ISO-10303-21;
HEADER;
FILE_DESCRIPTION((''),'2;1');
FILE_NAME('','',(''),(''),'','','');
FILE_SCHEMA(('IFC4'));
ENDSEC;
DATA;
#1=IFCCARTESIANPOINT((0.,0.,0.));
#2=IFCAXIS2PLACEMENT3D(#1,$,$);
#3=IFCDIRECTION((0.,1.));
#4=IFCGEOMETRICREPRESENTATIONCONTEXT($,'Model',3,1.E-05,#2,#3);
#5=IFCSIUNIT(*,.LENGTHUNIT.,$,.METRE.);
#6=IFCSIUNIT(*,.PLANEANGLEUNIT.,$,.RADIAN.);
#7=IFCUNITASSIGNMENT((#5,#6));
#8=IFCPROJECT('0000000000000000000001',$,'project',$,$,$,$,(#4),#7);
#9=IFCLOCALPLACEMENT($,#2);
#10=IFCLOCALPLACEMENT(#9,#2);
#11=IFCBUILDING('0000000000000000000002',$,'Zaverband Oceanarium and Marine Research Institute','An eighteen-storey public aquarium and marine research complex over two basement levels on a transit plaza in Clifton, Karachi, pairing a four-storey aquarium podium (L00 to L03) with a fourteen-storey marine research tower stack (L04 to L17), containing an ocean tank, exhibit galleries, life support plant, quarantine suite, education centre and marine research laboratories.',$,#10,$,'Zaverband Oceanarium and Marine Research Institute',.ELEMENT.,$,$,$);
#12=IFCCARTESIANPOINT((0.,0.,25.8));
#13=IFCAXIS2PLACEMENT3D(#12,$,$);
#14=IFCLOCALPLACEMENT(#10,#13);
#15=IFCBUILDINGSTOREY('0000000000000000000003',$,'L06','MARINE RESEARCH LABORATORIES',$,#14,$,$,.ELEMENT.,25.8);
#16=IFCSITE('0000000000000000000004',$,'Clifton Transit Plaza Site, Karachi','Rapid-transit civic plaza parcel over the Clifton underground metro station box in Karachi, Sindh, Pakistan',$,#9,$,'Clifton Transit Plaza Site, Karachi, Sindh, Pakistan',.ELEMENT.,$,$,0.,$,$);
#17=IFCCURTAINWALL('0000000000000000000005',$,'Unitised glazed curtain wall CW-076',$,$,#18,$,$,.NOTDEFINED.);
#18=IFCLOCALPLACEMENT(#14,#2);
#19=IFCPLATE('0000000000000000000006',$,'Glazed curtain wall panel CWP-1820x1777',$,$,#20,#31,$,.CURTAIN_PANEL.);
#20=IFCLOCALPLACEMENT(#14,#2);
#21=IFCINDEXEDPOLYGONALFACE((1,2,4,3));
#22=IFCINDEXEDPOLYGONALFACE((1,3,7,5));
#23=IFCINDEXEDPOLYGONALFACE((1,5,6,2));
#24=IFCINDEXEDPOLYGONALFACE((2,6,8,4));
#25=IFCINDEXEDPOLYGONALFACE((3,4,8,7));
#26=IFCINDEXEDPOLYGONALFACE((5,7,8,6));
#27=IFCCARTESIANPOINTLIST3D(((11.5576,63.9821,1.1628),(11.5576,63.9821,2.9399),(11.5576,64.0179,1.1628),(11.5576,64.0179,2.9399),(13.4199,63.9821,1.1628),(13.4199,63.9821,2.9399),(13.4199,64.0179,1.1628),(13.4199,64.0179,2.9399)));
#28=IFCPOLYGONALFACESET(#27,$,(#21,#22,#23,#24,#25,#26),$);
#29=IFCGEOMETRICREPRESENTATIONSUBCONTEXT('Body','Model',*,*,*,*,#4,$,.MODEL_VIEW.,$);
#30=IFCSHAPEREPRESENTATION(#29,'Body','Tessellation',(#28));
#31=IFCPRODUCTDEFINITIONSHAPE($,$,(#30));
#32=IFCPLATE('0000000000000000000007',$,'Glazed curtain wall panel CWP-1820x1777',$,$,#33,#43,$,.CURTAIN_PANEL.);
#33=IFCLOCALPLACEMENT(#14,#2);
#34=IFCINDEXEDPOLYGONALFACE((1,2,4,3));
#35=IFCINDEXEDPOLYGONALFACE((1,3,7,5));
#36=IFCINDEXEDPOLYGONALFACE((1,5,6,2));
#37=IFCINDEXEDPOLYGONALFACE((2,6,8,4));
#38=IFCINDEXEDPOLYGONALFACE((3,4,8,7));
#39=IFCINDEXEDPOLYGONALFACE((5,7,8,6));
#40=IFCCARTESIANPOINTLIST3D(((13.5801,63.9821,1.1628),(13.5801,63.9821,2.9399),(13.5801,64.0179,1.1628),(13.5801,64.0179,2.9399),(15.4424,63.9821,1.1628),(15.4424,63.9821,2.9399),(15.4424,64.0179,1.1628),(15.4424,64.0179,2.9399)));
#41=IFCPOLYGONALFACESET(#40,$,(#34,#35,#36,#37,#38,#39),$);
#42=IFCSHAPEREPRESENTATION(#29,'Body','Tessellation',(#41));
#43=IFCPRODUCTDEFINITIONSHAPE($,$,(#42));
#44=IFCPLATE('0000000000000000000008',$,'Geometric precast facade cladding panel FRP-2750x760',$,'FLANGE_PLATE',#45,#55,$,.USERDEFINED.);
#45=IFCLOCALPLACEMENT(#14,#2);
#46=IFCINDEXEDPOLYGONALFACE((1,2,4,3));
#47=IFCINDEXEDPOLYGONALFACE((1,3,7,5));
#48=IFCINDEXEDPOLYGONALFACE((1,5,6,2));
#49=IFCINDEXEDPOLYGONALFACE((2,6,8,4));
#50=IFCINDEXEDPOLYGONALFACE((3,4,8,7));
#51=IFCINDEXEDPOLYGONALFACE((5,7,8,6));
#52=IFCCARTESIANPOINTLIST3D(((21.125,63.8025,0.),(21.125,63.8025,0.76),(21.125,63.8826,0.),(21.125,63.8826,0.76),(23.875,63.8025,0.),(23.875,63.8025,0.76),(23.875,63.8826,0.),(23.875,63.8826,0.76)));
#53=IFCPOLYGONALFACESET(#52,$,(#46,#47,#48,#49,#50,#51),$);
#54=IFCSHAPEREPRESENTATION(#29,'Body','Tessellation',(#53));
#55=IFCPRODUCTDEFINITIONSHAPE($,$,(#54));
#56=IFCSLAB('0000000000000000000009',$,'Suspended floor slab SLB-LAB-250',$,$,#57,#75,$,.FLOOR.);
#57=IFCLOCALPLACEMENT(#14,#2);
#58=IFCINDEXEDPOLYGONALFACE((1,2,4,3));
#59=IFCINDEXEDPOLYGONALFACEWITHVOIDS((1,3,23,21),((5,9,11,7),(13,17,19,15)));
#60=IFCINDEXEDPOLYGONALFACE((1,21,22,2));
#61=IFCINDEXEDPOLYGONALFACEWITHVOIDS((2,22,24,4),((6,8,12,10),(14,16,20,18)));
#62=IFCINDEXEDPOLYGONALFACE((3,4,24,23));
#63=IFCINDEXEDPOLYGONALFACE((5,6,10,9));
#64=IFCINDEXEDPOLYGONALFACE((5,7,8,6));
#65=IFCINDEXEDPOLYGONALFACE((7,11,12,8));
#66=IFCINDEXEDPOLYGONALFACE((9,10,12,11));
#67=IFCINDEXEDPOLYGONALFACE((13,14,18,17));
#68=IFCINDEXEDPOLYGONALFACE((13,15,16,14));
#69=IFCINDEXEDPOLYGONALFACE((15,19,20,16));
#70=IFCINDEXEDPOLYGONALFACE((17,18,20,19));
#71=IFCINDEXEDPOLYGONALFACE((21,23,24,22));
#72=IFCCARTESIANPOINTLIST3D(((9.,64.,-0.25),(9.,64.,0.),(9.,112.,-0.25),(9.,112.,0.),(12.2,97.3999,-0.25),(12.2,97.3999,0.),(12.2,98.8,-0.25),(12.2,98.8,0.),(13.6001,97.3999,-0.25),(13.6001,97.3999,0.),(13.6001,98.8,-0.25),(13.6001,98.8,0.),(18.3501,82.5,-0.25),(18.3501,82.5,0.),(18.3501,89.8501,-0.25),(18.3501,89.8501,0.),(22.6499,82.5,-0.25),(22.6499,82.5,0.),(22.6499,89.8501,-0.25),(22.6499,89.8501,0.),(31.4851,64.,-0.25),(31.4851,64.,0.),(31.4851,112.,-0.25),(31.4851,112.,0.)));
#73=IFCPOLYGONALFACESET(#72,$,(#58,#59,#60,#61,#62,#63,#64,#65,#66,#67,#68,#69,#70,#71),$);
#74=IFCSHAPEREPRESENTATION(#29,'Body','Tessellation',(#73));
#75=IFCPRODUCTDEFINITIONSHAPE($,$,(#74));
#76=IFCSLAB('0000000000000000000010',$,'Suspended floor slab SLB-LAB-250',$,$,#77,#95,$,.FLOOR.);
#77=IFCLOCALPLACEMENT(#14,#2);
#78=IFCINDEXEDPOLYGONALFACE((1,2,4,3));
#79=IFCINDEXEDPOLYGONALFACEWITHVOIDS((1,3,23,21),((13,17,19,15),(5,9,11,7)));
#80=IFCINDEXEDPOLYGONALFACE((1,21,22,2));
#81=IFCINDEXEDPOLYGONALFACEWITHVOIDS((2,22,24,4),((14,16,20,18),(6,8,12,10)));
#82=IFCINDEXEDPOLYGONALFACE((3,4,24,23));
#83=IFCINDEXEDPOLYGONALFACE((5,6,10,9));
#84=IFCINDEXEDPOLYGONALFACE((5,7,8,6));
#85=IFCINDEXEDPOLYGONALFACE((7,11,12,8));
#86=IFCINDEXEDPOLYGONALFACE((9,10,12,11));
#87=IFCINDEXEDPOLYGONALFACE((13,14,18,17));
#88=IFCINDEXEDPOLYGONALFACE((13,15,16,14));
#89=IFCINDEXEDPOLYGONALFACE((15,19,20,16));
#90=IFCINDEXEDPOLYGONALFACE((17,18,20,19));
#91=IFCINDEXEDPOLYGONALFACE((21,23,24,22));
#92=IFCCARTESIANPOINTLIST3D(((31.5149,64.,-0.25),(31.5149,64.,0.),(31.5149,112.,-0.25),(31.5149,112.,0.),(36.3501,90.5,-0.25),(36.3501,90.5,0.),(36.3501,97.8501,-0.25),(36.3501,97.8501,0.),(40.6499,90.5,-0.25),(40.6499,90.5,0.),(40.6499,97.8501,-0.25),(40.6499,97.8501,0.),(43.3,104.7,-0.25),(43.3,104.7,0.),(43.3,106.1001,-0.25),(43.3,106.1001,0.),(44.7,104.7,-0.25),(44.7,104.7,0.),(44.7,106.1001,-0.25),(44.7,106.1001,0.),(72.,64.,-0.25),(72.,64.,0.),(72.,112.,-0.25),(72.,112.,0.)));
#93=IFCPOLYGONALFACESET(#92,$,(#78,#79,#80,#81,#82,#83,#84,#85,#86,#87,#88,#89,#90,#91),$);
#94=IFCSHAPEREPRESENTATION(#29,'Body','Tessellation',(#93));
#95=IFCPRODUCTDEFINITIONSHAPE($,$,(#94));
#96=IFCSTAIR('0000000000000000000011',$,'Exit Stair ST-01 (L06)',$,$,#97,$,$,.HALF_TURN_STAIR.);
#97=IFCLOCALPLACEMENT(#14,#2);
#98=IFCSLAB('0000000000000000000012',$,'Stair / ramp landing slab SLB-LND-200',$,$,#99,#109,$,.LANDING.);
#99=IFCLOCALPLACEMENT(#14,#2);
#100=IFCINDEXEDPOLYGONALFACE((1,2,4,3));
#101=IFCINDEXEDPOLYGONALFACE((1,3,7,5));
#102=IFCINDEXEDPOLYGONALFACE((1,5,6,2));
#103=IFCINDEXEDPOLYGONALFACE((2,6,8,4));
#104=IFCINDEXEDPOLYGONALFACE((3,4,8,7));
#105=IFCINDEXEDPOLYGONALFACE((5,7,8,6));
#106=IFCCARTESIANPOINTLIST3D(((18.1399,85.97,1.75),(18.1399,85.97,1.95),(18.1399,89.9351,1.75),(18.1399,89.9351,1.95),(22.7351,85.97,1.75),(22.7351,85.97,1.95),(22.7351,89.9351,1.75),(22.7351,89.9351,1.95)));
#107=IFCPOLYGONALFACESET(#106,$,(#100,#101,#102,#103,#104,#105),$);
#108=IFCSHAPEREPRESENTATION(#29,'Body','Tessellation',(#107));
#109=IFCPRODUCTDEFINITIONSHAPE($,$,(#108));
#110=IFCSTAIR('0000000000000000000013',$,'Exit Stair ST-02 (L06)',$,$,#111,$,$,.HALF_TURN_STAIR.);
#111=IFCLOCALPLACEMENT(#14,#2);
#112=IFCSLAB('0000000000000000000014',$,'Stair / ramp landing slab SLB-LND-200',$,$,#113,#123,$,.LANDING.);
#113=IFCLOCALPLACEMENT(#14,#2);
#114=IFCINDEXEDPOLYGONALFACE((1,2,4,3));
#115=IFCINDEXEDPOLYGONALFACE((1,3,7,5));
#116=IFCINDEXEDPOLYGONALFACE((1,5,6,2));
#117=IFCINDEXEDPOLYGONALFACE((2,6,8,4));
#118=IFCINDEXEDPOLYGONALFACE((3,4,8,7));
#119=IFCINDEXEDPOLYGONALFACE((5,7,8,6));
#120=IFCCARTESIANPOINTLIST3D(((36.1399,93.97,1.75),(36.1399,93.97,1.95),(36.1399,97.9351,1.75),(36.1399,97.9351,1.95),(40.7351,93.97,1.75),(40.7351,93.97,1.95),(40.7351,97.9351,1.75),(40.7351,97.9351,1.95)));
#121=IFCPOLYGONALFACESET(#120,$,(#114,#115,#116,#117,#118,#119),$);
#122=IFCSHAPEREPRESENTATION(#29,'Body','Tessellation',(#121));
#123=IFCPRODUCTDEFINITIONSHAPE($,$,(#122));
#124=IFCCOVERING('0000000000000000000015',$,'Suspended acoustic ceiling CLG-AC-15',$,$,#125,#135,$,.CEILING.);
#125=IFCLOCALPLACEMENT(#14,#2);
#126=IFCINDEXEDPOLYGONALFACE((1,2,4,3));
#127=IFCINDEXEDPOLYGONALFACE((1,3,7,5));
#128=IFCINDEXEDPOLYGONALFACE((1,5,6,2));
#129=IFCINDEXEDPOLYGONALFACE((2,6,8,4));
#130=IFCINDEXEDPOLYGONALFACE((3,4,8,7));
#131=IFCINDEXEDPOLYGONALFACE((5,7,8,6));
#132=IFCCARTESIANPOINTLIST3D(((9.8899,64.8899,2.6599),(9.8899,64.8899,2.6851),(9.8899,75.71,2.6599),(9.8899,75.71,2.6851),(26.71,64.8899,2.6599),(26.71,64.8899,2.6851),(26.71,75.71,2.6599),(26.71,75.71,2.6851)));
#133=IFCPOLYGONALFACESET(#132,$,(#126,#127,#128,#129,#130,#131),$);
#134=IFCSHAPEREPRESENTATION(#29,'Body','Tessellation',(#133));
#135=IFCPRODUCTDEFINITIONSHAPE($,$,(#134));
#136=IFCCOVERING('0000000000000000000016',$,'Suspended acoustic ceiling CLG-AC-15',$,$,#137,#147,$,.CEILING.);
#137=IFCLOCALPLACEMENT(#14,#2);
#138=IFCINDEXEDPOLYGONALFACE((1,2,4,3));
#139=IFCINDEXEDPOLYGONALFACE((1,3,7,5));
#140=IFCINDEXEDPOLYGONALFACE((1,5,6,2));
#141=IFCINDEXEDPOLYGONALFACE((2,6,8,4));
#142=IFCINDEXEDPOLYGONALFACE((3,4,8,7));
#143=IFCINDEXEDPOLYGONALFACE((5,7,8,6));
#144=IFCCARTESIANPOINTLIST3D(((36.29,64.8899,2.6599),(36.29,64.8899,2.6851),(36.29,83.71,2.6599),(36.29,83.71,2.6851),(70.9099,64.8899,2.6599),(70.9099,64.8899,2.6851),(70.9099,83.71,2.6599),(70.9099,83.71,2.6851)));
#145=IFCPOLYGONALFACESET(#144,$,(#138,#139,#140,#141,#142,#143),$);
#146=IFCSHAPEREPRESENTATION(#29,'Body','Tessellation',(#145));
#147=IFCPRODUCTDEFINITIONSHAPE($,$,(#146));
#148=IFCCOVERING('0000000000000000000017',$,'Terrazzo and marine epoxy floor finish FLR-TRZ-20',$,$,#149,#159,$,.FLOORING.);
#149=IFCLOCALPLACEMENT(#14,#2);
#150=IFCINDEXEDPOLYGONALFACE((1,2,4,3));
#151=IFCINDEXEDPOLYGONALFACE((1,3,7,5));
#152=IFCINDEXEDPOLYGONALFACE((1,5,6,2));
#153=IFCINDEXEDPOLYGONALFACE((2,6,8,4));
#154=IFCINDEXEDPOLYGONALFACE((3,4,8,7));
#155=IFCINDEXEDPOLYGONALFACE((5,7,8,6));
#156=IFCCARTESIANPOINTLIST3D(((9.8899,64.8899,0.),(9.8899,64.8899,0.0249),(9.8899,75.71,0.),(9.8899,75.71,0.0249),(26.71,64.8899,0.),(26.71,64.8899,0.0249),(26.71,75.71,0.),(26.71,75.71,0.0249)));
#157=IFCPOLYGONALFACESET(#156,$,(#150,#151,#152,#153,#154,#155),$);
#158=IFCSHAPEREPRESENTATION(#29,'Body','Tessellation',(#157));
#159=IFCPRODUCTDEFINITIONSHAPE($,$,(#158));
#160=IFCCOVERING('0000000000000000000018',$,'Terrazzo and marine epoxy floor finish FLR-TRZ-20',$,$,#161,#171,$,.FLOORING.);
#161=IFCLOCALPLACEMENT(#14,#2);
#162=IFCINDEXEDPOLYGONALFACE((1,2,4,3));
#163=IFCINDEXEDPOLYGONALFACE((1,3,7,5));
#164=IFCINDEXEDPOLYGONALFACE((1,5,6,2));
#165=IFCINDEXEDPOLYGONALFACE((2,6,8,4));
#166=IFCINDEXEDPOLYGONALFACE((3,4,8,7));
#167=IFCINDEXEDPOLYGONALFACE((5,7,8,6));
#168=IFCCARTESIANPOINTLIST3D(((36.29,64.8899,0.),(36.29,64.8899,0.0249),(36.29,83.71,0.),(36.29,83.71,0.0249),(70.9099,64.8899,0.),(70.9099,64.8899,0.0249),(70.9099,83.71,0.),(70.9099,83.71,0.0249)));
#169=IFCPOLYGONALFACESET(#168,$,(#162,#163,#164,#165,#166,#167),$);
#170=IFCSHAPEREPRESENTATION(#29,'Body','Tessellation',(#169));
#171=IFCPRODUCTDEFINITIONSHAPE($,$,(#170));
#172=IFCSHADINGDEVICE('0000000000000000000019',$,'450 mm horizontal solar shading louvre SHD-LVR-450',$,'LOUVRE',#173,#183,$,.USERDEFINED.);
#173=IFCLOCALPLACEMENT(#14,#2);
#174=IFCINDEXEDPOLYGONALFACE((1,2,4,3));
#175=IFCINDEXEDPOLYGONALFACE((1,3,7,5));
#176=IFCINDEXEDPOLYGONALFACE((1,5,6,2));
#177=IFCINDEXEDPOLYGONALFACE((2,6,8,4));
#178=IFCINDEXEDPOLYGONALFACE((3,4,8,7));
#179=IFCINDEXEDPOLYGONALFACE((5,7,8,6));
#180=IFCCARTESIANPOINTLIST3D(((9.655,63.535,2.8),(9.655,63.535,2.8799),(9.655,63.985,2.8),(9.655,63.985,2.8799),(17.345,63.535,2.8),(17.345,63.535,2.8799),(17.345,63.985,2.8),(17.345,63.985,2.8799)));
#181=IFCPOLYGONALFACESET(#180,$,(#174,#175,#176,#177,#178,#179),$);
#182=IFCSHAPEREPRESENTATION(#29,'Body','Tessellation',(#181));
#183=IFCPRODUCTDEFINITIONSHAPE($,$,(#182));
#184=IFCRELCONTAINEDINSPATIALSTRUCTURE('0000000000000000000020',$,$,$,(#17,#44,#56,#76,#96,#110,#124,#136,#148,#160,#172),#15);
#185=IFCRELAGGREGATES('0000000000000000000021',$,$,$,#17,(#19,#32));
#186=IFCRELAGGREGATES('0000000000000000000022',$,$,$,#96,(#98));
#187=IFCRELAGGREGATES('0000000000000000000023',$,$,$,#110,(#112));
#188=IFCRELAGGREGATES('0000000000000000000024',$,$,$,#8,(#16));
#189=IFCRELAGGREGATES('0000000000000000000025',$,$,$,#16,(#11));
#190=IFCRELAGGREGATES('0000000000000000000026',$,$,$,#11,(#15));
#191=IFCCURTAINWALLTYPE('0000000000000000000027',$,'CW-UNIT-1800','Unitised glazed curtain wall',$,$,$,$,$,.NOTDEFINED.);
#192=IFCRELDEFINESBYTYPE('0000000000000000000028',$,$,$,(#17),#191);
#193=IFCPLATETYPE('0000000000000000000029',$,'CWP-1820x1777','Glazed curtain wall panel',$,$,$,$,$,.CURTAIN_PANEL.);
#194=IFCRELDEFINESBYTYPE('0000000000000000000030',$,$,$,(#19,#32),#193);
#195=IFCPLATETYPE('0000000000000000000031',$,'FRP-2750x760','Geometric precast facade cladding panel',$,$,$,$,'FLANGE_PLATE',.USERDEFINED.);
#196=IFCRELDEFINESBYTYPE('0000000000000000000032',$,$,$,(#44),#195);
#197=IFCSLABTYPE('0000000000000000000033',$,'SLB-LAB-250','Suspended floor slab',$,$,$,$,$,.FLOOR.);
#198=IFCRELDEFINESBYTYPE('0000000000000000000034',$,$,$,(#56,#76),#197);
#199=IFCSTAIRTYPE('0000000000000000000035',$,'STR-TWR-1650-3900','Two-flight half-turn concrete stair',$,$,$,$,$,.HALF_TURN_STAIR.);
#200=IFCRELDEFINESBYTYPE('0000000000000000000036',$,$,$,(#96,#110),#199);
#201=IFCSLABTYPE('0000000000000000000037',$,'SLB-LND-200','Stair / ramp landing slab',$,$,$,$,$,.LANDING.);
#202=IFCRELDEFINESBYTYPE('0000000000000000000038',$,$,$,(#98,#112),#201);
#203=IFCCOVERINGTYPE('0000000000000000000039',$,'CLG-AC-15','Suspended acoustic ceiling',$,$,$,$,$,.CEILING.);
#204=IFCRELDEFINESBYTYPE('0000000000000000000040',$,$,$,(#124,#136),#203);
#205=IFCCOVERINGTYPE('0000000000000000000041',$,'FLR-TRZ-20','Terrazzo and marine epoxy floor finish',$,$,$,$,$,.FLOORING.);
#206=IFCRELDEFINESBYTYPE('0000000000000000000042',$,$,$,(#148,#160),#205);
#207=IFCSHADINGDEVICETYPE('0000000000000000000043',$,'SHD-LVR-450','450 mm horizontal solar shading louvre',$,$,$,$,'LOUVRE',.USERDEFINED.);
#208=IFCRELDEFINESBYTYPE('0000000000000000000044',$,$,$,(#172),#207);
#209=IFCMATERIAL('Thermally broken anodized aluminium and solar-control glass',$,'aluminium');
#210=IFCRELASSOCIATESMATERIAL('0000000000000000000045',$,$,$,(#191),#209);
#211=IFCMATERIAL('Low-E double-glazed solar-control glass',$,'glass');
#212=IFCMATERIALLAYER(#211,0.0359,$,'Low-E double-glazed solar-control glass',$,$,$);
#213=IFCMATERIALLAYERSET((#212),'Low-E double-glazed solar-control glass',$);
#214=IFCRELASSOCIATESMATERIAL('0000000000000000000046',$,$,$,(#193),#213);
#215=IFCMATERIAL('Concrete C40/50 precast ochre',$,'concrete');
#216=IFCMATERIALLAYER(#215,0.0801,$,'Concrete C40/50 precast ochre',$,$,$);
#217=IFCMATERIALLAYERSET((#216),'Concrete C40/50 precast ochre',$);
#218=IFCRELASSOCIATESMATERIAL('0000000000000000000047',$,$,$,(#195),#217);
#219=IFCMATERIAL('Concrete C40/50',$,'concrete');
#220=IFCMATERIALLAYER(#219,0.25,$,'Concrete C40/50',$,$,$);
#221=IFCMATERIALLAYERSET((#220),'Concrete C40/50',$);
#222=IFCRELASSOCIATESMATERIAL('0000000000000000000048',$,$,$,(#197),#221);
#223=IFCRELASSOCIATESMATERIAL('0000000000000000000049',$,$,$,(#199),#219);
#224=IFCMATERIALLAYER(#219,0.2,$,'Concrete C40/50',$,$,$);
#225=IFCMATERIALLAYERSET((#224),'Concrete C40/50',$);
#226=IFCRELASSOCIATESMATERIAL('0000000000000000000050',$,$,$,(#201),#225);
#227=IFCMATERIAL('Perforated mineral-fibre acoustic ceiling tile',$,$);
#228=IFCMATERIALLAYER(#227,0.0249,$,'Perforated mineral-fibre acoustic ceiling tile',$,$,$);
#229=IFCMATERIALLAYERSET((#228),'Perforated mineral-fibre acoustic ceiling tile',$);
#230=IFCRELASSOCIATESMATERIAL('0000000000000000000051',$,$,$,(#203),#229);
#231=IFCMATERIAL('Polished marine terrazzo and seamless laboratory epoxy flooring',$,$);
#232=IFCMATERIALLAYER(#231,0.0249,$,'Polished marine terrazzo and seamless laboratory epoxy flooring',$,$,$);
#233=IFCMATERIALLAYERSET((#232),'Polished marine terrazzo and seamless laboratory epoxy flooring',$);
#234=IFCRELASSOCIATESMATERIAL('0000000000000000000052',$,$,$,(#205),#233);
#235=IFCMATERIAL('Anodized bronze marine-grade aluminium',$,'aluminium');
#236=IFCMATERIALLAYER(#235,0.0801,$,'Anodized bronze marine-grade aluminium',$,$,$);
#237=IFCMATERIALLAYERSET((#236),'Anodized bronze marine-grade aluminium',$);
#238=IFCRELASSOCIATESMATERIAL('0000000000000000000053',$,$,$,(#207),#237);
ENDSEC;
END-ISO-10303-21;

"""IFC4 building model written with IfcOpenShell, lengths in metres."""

from ifc_helpers import new_model, si_unit, direction, frame, frame_2d, origin, place, context, subcontext, project, spatial, polyline, rectangle, outline, extrude, material, layer, layer_set, type_object, element, aggregate, save


model = new_model("IFC4")

# Units and contexts
model_context = context("Model", 3, precision=1e-05, world=origin(), true_north=direction((0.0, 1.0)))
body_context = subcontext(model_context, "Body", "Model", "MODEL_VIEW")
ifc_project = project(units=[si_unit("LENGTHUNIT", "METRE"), si_unit("PLANEANGLEUNIT", "RADIAN")], contexts=[model_context])

# Site, building, storey
site_placement = place(None, origin())
site = spatial("IfcSite", under=ifc_project, at=site_placement, Name="Clifton Transit Plaza Site, Karachi", Description="Rapid-transit civic plaza parcel over the Clifton underground metro station box in Karachi, Sindh, Pakistan", LongName="Clifton Transit Plaza Site, Karachi, Sindh, Pakistan", CompositionType="ELEMENT", RefElevation=0.0)
building_placement = place(site_placement, origin())
building = spatial("IfcBuilding", under=site, at=building_placement, Name="Zaverband Oceanarium and Marine Research Institute", Description="An eighteen-storey public aquarium and marine research complex over two basement levels on a transit plaza in Clifton, Karachi, pairing a four-storey aquarium podium (L00 to L03) with a fourteen-storey marine research tower stack (L04 to L17), containing an ocean tank, exhibit galleries, life support plant, quarantine suite, education centre and marine research laboratories.", LongName="Zaverband Oceanarium and Marine Research Institute", CompositionType="ELEMENT")
storey_placement = place(building_placement, frame((0.0, 0.0, 25.8)))
storey = spatial("IfcBuildingStorey", under=building, at=storey_placement, Name="L06", Description="MARINE RESEARCH LABORATORIES", CompositionType="ELEMENT", Elevation=25.8)

# Curtain wall
ifc_material_1 = material(Name="Thermally broken anodized aluminium and solar-control glass", Category="aluminium")
curtain_wall_type = type_object("IfcCurtainWallType", Name="CW-UNIT-1800", Description="Unitised glazed curtain wall", PredefinedType="NOTDEFINED", material=ifc_material_1)
curtain_wall_placement = place(storey_placement, origin())
curtain_wall = element("IfcCurtainWall", 1, at=curtain_wall_placement, inside=storey, type_object=curtain_wall_type, Name="Unitised glazed curtain wall CW-076", PredefinedType="NOTDEFINED")

# Shared definitions
ifc_material_2 = material(Name="Concrete C40/50", Category="concrete")

# Plates
ifc_material_3 = material(Name="Low-E double-glazed solar-control glass", Category="glass")
ifc_layer_1 = layer(ifc_material_3, 0.0359, Name="Low-E double-glazed solar-control glass")
ifc_layer_set_1 = layer_set([ifc_layer_1], Name="Low-E double-glazed solar-control glass")
plate_type_1 = type_object("IfcPlateType", Name="CWP-1820x1777", Description="Glazed curtain wall panel", PredefinedType="CURTAIN_PANEL", material=ifc_layer_set_1)
plate_1_placement = place(storey_placement, frame((11.5576, 64.0, 1.1628), z_axis=(0.0, 0.0, 1.0), x_axis=(1.0, 0.0, 0.0)))
plate_1 = element("IfcPlate", 2, at=plate_1_placement, type_object=plate_type_1, Name="Glazed curtain wall panel CWP-1820x1777", PredefinedType="CURTAIN_PANEL", context=body_context, shape_type="SweptSolid", body=[
    extrude(rectangle(XDim=1.8623, YDim=0.0359, at=frame_2d((0.9312, 0.0))), origin(), (0.0, 0.0, 1.0), 1.7771),
])
plate_2_placement = place(storey_placement, frame((13.5801, 64.0, 1.1628), z_axis=(0.0, 0.0, 1.0), x_axis=(1.0, 0.0, 0.0)))
plate_2 = element("IfcPlate", 3, at=plate_2_placement, type_object=plate_type_1, Name="Glazed curtain wall panel CWP-1820x1777", PredefinedType="CURTAIN_PANEL", context=body_context, shape_type="SweptSolid", body=[
    extrude(rectangle(XDim=1.8623, YDim=0.0359, at=frame_2d((0.9312, 0.0))), origin(), (0.0, 0.0, 1.0), 1.7771),
])
aggregate(curtain_wall, [plate_1, plate_2])
ifc_material_4 = material(Name="Concrete C40/50 precast ochre", Category="concrete")
ifc_layer_2 = layer(ifc_material_4, 0.0801, Name="Concrete C40/50 precast ochre")
ifc_layer_set_2 = layer_set([ifc_layer_2], Name="Concrete C40/50 precast ochre")
plate_type_2 = type_object("IfcPlateType", Name="FRP-2750x760", Description="Geometric precast facade cladding panel", ElementType="FLANGE_PLATE", PredefinedType="USERDEFINED", material=ifc_layer_set_2)
plate_3_placement = place(storey_placement, frame((21.125, 63.8425, 0.0), z_axis=(0.0, 0.0, 1.0), x_axis=(1.0, 0.0, 0.0)))
element("IfcPlate", 4, at=plate_3_placement, inside=storey, type_object=plate_type_2, Name="Geometric precast facade cladding panel FRP-2750x760", ObjectType="FLANGE_PLATE", PredefinedType="USERDEFINED", context=body_context, shape_type="SweptSolid", body=[
    extrude(rectangle(XDim=2.75, YDim=0.0801, at=frame_2d((1.375, 0.0))), origin(), (0.0, 0.0, 1.0), 0.76),
])

# Slabs
ifc_layer_3 = layer(ifc_material_2, 0.25, Name="Concrete C40/50")
ifc_layer_set_3 = layer_set([ifc_layer_3], Name="Concrete C40/50")
slab_type_1 = type_object("IfcSlabType", Name="SLB-LAB-250", Description="Suspended floor slab", PredefinedType="FLOOR", material=ifc_layer_set_3)
slab_1_placement = place(storey_placement, frame((0.0, 0.0, -0.25)))
element("IfcSlab", 5, at=slab_1_placement, inside=storey, type_object=slab_type_1, Name="Suspended floor slab SLB-LAB-250", PredefinedType="FLOOR", context=body_context, shape_type="SweptSolid", body=[
    extrude(outline(polyline([(9.0, 112.0), (31.4851, 112.0), (31.4851, 64.0), (9.0, 64.0), (9.0, 112.0)]), holes=[polyline([(18.3501, 89.8501), (18.3501, 82.5), (22.6499, 82.5), (22.6499, 89.8501), (18.3501, 89.8501)]), polyline([(12.2, 98.8), (12.2, 97.3999), (13.6001, 97.3999), (13.6001, 98.8), (12.2, 98.8)])]), origin(), (0.0, 0.0, 1.0), 0.25),
])
slab_2_placement = place(storey_placement, frame((0.0, 0.0, -0.25)))
element("IfcSlab", 6, at=slab_2_placement, inside=storey, type_object=slab_type_1, Name="Suspended floor slab SLB-LAB-250", PredefinedType="FLOOR", context=body_context, shape_type="SweptSolid", body=[
    extrude(outline(polyline([(31.5149, 112.0), (72.0, 112.0), (72.0, 64.0), (31.5149, 64.0), (31.5149, 112.0)]), holes=[polyline([(36.3501, 97.8501), (36.3501, 90.5), (40.6499, 90.5), (40.6499, 97.8501), (36.3501, 97.8501)]), polyline([(43.3, 106.1001), (43.3, 104.7), (44.7, 104.7), (44.7, 106.1001), (43.3, 106.1001)])]), origin(), (0.0, 0.0, 1.0), 0.25),
])

# Stairs, slabs
stair_type = type_object("IfcStairType", Name="STR-TWR-1650-3900", Description="Two-flight half-turn concrete stair", PredefinedType="HALF_TURN_STAIR", material=ifc_material_2)
stair_1_placement = place(storey_placement, origin())
stair_1 = element("IfcStair", 7, at=stair_1_placement, inside=storey, type_object=stair_type, Name="Exit Stair ST-01 (L06)", PredefinedType="HALF_TURN_STAIR")
ifc_layer_4 = layer(ifc_material_2, 0.2, Name="Concrete C40/50")
ifc_layer_set_4 = layer_set([ifc_layer_4], Name="Concrete C40/50")
slab_type_2 = type_object("IfcSlabType", Name="SLB-LND-200", Description="Stair / ramp landing slab", PredefinedType="LANDING", material=ifc_layer_set_4)
slab_3_placement = place(storey_placement, frame((0.0, 0.0, 1.75)))
slab_3 = element("IfcSlab", 8, at=slab_3_placement, type_object=slab_type_2, Name="Stair / ramp landing slab SLB-LND-200", PredefinedType="LANDING", context=body_context, shape_type="SweptSolid", body=[
    extrude(outline(polyline([(18.1399, 85.97), (22.7351, 85.97), (22.7351, 89.9351), (18.1399, 89.9351), (18.1399, 85.97)])), origin(), (0.0, 0.0, 1.0), 0.2),
])
aggregate(stair_1, [slab_3])
stair_2_placement = place(storey_placement, origin())
stair_2 = element("IfcStair", 9, at=stair_2_placement, inside=storey, type_object=stair_type, Name="Exit Stair ST-02 (L06)", PredefinedType="HALF_TURN_STAIR")
slab_4_placement = place(storey_placement, frame((0.0, 0.0, 1.75)))
slab_4 = element("IfcSlab", 10, at=slab_4_placement, type_object=slab_type_2, Name="Stair / ramp landing slab SLB-LND-200", PredefinedType="LANDING", context=body_context, shape_type="SweptSolid", body=[
    extrude(outline(polyline([(36.1399, 93.97), (40.7351, 93.97), (40.7351, 97.9351), (36.1399, 97.9351), (36.1399, 93.97)])), origin(), (0.0, 0.0, 1.0), 0.2),
])
aggregate(stair_2, [slab_4])

# Coverings
ifc_material_5 = material(Name="Perforated mineral-fibre acoustic ceiling tile")
ifc_layer_5 = layer(ifc_material_5, 0.0249, Name="Perforated mineral-fibre acoustic ceiling tile")
ifc_layer_set_5 = layer_set([ifc_layer_5], Name="Perforated mineral-fibre acoustic ceiling tile")
covering_type_1 = type_object("IfcCoveringType", Name="CLG-AC-15", Description="Suspended acoustic ceiling", PredefinedType="CEILING", material=ifc_layer_set_5)
covering_1_placement = place(storey_placement, frame((0.0, 0.0, 2.6599)))
element("IfcCovering", 11, at=covering_1_placement, inside=storey, type_object=covering_type_1, Name="Suspended acoustic ceiling CLG-AC-15", PredefinedType="CEILING", context=body_context, shape_type="SweptSolid", body=[
    extrude(outline(polyline([(9.8899, 64.8899), (26.71, 64.8899), (26.71, 75.71), (9.8899, 75.71), (9.8899, 64.8899)])), origin(), (0.0, 0.0, 1.0), 0.0251),
])
covering_2_placement = place(storey_placement, frame((0.0, 0.0, 2.6599)))
element("IfcCovering", 12, at=covering_2_placement, inside=storey, type_object=covering_type_1, Name="Suspended acoustic ceiling CLG-AC-15", PredefinedType="CEILING", context=body_context, shape_type="SweptSolid", body=[
    extrude(outline(polyline([(36.29, 64.8899), (70.9099, 64.8899), (70.9099, 83.71), (36.29, 83.71), (36.29, 64.8899)])), origin(), (0.0, 0.0, 1.0), 0.0251),
])
ifc_material_6 = material(Name="Polished marine terrazzo and seamless laboratory epoxy flooring")
ifc_layer_6 = layer(ifc_material_6, 0.0249, Name="Polished marine terrazzo and seamless laboratory epoxy flooring")
ifc_layer_set_6 = layer_set([ifc_layer_6], Name="Polished marine terrazzo and seamless laboratory epoxy flooring")
covering_type_2 = type_object("IfcCoveringType", Name="FLR-TRZ-20", Description="Terrazzo and marine epoxy floor finish", PredefinedType="FLOORING", material=ifc_layer_set_6)
covering_3_placement = place(storey_placement, origin())
element("IfcCovering", 13, at=covering_3_placement, inside=storey, type_object=covering_type_2, Name="Terrazzo and marine epoxy floor finish FLR-TRZ-20", PredefinedType="FLOORING", context=body_context, shape_type="SweptSolid", body=[
    extrude(outline(polyline([(9.8899, 64.8899), (26.71, 64.8899), (26.71, 75.71), (9.8899, 75.71), (9.8899, 64.8899)])), origin(), (0.0, 0.0, 1.0), 0.0249),
])
covering_4_placement = place(storey_placement, origin())
element("IfcCovering", 14, at=covering_4_placement, inside=storey, type_object=covering_type_2, Name="Terrazzo and marine epoxy floor finish FLR-TRZ-20", PredefinedType="FLOORING", context=body_context, shape_type="SweptSolid", body=[
    extrude(outline(polyline([(36.29, 64.8899), (70.9099, 64.8899), (70.9099, 83.71), (36.29, 83.71), (36.29, 64.8899)])), origin(), (0.0, 0.0, 1.0), 0.0249),
])

# Shading device
ifc_material_7 = material(Name="Anodized bronze marine-grade aluminium", Category="aluminium")
ifc_layer_7 = layer(ifc_material_7, 0.0801, Name="Anodized bronze marine-grade aluminium")
ifc_layer_set_7 = layer_set([ifc_layer_7], Name="Anodized bronze marine-grade aluminium")
shading_device_type = type_object("IfcShadingDeviceType", Name="SHD-LVR-450", Description="450 mm horizontal solar shading louvre", ElementType="LOUVRE", PredefinedType="USERDEFINED", material=ifc_layer_set_7)
shading_device_placement = place(storey_placement, frame((9.655, 63.76, 2.8), z_axis=(0.0, 0.0, 1.0), x_axis=(1.0, 0.0, 0.0)))
element("IfcShadingDevice", 15, at=shading_device_placement, inside=storey, type_object=shading_device_type, Name="450 mm horizontal solar shading louvre SHD-LVR-450", ObjectType="LOUVRE", PredefinedType="USERDEFINED", context=body_context, shape_type="SweptSolid", body=[
    extrude(rectangle(XDim=7.6899, YDim=0.45, at=frame_2d((3.845, 0.0))), origin(), (0.0, 0.0, 1.0), 0.0798),
])

save(model, "model.ifc")
